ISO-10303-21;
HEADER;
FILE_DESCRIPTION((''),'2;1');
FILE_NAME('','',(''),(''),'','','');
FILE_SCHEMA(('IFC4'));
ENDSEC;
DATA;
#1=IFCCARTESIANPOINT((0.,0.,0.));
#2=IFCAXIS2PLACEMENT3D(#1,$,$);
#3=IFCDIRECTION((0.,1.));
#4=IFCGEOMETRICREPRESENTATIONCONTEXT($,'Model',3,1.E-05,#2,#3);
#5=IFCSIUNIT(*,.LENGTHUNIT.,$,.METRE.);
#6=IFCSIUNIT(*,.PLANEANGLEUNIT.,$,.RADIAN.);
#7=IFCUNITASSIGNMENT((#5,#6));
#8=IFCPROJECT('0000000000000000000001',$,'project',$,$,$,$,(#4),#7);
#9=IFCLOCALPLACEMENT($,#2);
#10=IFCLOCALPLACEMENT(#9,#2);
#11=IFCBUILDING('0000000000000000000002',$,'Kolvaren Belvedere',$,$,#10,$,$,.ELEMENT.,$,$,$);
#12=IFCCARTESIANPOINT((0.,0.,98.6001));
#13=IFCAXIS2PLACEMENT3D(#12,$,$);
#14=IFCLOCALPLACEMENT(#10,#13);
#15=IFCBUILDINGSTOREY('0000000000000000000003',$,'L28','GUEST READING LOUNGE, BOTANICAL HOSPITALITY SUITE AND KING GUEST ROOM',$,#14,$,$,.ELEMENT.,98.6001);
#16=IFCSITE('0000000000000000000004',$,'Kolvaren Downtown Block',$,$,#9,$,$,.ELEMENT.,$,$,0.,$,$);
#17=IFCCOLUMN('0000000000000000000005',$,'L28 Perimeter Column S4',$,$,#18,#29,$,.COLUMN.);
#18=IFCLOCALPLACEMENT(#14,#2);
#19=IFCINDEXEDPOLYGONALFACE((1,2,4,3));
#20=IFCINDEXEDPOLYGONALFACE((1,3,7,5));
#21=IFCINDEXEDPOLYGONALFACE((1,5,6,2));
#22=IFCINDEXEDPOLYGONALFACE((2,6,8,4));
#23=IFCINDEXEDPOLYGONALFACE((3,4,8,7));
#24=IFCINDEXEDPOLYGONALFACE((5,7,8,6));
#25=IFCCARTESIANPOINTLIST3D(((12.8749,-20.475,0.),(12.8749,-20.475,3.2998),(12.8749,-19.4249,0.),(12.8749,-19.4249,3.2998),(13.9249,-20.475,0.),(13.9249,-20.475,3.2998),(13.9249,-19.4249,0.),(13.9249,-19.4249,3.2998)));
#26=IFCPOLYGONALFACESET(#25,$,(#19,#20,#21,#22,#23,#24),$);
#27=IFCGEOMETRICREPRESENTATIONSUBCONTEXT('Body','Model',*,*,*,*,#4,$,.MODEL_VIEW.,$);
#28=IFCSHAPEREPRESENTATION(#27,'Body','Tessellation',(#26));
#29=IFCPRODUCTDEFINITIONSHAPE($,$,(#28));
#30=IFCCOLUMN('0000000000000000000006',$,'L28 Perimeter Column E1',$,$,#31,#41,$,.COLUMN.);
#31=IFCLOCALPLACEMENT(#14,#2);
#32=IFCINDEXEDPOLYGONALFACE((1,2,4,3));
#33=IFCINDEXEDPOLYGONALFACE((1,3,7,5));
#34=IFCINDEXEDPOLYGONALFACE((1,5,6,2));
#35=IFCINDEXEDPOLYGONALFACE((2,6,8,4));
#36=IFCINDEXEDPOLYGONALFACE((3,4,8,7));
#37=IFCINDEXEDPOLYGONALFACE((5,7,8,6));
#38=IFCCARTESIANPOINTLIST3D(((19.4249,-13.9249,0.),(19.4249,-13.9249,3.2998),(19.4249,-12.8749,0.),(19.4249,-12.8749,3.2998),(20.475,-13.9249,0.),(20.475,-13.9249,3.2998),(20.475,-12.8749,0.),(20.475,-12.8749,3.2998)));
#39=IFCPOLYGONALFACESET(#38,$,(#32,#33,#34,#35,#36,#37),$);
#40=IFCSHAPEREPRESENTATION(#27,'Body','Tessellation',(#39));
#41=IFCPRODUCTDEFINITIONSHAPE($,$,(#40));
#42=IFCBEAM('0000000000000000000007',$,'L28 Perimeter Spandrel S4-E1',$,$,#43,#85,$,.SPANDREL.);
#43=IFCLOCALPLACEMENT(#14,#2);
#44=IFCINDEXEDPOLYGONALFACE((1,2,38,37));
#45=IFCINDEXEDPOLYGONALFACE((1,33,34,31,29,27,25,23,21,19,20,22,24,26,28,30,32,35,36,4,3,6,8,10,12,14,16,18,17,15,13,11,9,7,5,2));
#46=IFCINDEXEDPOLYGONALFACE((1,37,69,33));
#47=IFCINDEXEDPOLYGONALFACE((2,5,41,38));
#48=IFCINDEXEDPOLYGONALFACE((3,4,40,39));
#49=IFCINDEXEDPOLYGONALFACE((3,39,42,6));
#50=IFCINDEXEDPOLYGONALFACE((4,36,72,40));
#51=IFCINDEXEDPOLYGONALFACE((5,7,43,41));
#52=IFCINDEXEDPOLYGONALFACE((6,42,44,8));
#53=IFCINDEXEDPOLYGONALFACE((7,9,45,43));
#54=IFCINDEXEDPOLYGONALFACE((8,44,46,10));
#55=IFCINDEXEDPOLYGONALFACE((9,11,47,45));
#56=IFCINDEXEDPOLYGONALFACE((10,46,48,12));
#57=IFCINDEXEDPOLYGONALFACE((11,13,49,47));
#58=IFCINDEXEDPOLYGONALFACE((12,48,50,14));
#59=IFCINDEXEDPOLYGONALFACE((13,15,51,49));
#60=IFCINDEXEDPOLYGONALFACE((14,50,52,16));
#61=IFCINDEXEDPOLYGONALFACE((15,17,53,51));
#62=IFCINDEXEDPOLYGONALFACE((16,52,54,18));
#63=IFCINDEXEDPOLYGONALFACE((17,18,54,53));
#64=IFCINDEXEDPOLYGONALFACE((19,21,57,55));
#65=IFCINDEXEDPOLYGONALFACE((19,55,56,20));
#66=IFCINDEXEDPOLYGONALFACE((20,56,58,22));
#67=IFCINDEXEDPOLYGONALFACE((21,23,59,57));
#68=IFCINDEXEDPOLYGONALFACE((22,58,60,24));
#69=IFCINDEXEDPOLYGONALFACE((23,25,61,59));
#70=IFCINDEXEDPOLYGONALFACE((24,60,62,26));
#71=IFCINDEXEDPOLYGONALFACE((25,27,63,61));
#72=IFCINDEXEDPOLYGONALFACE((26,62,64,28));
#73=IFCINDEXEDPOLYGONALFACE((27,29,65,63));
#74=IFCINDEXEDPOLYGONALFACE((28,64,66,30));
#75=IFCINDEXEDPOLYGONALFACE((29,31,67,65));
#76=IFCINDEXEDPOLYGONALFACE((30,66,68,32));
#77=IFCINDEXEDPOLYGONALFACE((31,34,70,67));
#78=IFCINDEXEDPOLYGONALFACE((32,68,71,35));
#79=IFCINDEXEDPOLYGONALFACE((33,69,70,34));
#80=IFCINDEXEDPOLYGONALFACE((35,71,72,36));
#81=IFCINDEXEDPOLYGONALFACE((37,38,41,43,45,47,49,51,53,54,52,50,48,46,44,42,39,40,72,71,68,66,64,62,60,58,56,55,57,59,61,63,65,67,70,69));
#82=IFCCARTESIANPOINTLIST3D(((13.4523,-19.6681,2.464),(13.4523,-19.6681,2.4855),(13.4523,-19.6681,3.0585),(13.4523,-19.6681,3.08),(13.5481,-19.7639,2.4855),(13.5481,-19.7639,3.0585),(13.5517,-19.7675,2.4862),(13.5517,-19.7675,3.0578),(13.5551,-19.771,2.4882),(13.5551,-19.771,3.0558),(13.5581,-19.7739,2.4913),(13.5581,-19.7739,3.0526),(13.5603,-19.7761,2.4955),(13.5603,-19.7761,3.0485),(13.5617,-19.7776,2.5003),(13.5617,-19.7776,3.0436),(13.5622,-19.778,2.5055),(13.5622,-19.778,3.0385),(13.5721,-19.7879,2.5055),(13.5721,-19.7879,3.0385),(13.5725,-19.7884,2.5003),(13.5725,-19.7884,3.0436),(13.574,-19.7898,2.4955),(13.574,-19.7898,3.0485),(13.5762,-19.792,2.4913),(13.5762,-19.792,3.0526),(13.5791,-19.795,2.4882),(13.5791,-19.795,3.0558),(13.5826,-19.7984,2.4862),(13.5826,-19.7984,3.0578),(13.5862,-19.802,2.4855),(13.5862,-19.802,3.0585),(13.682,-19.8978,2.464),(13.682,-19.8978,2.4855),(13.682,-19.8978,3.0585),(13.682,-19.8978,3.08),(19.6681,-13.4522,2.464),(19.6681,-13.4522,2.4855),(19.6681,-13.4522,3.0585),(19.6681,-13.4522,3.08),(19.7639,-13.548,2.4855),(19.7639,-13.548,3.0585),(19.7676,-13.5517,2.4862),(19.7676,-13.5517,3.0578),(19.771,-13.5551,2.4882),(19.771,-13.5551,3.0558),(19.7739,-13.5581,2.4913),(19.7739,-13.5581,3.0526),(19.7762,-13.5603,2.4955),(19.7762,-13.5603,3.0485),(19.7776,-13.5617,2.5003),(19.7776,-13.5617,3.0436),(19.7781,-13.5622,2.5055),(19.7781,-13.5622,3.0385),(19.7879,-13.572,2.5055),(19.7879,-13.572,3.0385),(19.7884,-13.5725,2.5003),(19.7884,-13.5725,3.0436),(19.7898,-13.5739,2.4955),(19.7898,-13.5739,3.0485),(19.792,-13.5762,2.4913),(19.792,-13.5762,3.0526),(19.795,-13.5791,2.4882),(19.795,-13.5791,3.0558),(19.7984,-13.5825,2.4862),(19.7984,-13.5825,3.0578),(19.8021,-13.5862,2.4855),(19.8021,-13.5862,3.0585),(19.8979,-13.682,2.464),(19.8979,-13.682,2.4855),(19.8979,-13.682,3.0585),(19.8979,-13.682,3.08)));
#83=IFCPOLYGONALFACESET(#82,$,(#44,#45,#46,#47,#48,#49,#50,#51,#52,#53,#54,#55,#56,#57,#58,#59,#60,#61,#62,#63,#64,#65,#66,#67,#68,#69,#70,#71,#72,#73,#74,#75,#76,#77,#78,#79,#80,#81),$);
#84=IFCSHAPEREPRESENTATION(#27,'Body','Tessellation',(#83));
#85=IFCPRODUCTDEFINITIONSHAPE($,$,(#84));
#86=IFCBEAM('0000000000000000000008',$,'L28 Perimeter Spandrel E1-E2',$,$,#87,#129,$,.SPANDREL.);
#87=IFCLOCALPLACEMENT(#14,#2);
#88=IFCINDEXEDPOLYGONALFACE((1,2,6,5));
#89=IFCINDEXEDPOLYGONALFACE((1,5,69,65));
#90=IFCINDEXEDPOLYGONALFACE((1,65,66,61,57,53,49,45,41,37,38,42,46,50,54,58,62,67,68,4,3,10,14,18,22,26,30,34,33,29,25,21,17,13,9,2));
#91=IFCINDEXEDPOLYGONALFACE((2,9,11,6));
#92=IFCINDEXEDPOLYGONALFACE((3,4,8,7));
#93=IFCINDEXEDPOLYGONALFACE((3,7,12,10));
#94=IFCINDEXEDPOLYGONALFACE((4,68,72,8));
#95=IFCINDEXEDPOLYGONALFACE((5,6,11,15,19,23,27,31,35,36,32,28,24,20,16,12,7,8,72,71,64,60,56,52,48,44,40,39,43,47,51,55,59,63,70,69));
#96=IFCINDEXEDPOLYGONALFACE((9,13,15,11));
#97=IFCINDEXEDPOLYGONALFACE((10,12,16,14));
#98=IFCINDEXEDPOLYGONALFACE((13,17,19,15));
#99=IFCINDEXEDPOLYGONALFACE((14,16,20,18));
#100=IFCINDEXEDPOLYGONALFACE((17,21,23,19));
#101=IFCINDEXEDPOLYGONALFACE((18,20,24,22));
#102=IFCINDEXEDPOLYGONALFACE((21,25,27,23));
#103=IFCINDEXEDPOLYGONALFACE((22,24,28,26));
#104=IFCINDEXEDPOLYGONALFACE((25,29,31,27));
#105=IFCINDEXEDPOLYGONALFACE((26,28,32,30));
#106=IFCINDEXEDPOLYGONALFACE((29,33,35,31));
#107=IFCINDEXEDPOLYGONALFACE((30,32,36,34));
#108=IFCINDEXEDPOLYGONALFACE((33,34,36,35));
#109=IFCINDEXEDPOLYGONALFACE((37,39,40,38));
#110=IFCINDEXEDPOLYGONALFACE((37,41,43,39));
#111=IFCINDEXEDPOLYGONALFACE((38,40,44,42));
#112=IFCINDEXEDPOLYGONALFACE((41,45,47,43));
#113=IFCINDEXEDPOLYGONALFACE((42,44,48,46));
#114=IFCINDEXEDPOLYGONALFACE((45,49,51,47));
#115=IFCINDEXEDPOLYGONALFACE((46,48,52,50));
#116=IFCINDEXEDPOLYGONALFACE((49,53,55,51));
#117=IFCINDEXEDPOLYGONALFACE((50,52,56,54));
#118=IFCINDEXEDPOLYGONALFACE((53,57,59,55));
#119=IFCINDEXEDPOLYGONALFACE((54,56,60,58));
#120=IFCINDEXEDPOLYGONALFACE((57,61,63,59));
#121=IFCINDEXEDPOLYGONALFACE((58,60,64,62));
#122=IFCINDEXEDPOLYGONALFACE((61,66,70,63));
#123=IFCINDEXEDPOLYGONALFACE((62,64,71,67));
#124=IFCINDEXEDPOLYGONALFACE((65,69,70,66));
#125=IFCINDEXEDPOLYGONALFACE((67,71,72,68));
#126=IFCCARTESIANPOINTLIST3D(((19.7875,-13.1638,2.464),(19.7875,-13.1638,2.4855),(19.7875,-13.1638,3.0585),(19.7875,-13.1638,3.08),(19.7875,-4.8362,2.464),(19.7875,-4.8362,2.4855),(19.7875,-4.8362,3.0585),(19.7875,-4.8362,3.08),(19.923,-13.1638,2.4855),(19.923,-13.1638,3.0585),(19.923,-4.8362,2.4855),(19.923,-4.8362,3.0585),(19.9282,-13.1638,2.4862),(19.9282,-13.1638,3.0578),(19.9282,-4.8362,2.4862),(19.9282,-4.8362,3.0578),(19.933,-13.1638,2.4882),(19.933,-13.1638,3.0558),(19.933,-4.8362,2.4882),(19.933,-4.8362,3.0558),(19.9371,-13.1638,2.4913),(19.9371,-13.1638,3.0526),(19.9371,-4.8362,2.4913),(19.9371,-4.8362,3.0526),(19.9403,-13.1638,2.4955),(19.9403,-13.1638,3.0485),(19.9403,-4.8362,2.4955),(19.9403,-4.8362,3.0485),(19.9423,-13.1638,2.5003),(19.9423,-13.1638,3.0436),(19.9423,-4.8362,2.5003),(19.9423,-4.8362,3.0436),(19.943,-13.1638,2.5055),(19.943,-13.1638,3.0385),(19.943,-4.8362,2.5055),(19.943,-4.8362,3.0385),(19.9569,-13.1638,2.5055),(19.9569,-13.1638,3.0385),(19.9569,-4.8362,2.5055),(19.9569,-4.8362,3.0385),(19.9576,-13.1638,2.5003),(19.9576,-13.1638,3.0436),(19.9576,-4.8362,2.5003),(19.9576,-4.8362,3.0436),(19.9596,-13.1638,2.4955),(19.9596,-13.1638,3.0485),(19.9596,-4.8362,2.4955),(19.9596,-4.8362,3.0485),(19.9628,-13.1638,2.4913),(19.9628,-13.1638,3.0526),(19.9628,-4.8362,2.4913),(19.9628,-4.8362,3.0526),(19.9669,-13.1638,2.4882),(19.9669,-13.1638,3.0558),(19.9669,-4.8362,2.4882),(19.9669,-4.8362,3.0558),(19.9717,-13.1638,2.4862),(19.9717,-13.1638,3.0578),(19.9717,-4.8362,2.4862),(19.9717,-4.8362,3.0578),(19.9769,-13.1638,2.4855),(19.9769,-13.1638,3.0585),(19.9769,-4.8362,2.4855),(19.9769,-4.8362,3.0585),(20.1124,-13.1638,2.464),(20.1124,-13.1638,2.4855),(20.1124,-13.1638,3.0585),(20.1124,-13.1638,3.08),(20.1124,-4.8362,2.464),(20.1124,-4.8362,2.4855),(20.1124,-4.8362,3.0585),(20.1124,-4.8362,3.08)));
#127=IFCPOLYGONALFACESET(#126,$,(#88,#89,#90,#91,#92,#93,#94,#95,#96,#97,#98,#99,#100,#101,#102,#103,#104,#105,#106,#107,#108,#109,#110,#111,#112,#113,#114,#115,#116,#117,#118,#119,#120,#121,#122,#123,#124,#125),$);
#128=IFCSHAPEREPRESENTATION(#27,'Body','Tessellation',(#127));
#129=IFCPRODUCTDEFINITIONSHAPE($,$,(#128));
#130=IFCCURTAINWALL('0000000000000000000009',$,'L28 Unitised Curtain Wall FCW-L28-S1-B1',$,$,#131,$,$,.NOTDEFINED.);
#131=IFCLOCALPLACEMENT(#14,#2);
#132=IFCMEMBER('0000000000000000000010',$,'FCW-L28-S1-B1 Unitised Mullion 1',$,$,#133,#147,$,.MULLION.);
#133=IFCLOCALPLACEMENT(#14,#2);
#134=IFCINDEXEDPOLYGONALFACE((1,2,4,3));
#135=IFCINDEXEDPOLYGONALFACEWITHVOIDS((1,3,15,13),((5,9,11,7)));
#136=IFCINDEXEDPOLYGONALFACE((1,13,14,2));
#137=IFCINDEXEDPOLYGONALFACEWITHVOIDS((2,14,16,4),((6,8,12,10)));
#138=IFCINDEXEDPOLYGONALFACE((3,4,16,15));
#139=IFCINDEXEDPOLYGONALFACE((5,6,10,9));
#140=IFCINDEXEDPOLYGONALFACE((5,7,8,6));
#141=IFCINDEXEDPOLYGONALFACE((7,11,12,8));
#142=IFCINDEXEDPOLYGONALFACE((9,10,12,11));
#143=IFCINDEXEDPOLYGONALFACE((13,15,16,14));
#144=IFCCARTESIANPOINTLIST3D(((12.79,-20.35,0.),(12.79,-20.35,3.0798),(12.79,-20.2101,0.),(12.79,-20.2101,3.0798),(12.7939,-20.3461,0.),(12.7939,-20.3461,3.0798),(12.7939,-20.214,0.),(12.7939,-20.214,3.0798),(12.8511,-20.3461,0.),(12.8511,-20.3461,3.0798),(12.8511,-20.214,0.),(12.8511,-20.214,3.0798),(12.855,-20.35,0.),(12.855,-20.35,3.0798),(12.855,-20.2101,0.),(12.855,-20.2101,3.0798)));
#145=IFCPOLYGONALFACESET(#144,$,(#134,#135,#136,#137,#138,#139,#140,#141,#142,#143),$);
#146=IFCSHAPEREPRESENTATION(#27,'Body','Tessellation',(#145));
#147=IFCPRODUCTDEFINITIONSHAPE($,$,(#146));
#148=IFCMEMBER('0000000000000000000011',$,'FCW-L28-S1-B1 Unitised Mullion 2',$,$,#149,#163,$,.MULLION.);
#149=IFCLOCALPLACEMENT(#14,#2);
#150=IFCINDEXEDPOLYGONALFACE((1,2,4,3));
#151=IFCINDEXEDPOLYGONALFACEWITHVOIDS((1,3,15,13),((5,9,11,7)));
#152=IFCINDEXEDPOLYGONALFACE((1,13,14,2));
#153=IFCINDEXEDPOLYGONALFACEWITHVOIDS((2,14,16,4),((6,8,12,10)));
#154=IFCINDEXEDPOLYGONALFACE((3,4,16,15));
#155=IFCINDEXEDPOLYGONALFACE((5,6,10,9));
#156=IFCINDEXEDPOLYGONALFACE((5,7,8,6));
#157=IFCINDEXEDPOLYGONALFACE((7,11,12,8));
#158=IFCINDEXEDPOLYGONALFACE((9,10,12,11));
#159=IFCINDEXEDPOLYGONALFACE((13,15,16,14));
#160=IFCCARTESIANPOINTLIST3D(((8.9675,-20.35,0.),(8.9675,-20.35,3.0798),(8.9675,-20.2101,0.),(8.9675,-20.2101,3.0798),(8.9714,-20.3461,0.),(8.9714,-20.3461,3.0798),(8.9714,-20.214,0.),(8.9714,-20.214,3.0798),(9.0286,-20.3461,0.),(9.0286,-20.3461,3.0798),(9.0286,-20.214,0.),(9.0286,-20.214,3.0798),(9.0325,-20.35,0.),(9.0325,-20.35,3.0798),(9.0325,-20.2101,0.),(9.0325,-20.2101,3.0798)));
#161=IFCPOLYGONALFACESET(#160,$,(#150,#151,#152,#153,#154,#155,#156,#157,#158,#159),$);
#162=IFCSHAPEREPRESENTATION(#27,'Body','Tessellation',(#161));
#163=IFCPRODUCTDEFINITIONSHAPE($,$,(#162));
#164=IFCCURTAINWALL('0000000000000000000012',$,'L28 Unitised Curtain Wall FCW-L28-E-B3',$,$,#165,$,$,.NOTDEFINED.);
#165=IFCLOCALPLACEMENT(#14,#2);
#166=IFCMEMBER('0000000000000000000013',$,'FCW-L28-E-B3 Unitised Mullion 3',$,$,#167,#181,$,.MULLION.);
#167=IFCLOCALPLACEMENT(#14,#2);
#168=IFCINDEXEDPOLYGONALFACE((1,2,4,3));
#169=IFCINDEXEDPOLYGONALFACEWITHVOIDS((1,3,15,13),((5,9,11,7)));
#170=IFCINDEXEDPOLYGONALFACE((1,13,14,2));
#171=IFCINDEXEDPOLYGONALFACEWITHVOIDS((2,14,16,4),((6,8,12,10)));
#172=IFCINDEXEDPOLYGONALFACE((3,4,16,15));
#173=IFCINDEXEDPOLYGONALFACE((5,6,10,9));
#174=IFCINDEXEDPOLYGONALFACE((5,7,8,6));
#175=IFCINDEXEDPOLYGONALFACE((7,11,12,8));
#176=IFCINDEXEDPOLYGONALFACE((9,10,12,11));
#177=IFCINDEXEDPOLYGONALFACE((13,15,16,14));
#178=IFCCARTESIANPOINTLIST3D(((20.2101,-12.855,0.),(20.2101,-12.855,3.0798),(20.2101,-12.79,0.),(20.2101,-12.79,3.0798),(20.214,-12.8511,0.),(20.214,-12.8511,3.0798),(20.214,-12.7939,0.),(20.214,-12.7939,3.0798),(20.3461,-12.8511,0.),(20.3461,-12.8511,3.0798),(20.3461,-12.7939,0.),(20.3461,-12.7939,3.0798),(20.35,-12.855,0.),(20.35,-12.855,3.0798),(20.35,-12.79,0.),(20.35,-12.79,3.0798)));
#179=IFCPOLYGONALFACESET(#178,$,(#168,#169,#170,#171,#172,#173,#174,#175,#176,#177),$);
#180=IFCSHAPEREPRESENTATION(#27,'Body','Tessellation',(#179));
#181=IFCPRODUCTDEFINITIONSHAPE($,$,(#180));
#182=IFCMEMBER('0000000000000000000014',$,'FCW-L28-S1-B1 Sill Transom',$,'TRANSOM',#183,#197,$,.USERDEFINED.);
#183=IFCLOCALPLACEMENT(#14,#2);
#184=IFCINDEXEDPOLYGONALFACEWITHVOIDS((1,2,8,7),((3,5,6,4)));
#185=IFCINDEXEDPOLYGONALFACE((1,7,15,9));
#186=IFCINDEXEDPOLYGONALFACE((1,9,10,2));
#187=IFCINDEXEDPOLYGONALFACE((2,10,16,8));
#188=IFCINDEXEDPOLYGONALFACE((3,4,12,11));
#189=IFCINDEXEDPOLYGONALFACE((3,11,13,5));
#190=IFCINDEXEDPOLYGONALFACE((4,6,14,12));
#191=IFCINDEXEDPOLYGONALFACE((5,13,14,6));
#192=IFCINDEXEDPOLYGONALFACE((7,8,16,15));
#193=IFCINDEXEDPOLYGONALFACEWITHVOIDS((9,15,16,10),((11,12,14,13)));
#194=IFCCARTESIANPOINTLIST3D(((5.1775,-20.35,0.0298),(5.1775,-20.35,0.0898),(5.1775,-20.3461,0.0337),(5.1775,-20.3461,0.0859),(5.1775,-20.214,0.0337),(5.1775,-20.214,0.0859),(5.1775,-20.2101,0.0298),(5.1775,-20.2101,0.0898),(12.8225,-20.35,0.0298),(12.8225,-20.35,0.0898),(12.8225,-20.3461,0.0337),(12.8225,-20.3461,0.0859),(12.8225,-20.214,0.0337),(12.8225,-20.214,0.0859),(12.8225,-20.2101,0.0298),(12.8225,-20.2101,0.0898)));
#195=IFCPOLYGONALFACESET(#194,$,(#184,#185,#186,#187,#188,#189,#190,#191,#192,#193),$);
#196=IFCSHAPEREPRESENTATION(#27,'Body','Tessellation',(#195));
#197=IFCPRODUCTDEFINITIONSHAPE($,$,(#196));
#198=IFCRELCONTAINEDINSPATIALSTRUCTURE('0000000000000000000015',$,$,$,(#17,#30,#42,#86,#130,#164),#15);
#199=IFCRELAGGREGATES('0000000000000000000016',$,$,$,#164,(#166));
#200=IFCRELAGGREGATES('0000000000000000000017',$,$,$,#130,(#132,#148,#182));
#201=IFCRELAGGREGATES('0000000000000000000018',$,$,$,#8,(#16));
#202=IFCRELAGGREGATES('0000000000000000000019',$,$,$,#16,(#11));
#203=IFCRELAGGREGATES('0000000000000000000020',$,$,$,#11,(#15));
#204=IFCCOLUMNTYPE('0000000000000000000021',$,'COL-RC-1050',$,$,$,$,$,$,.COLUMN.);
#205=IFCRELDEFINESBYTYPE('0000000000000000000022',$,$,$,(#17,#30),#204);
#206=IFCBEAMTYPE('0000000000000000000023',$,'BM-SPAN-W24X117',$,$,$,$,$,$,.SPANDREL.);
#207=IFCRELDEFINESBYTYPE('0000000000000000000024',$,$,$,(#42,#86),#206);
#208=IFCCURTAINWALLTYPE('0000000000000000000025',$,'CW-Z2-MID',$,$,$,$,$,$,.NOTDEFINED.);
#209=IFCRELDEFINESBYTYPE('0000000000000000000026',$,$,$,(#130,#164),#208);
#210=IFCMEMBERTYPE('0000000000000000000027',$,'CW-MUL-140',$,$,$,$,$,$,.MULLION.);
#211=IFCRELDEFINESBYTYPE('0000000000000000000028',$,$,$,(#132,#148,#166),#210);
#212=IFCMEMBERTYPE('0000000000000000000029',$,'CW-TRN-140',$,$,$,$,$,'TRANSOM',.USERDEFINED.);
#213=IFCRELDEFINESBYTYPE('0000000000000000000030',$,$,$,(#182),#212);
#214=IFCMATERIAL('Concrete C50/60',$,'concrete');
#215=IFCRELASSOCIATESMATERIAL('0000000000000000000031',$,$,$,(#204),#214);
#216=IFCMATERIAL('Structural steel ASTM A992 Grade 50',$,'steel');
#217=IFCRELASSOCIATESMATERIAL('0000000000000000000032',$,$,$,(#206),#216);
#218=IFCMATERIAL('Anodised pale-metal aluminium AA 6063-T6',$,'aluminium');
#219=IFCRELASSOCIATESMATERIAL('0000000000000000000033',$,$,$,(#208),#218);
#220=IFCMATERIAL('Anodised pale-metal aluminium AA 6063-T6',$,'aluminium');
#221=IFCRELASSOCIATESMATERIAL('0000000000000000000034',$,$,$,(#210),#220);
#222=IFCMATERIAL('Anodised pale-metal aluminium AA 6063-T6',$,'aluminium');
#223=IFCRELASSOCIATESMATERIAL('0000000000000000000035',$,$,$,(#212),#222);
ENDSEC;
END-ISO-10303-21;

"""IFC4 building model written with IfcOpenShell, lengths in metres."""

from ifc_helpers import new_model, si_unit, direction, frame, origin, origin_2d, place, context, subcontext, project, spatial, rectangle, hollow_rectangle, i_section, extrude, material, material_profile, profile_set, type_object, element, aggregate, save


model = new_model("IFC4")

# Units and contexts
model_context = context("Model", 3, precision=1e-05, world=origin(), true_north=direction((0.0, 1.0)))
body_context = subcontext(model_context, "Body", "Model", "MODEL_VIEW")
ifc_project = project(units=[si_unit("LENGTHUNIT", "METRE"), si_unit("PLANEANGLEUNIT", "RADIAN")], contexts=[model_context])

# Site, building, storey
site_placement = place(None, origin())
site = spatial("IfcSite", under=ifc_project, at=site_placement, Name="Kolvaren Downtown Block", CompositionType="ELEMENT", RefElevation=0.0)
building_placement = place(site_placement, origin())
building = spatial("IfcBuilding", under=site, at=building_placement, Name="Kolvaren Belvedere", CompositionType="ELEMENT")
storey_placement = place(building_placement, frame((0.0, 0.0, 98.6001)))
storey = spatial("IfcBuildingStorey", under=building, at=storey_placement, Name="L28", Description="GUEST READING LOUNGE, BOTANICAL HOSPITALITY SUITE AND KING GUEST ROOM", CompositionType="ELEMENT", Elevation=98.6001)

# Columns
ifc_material_1 = material(Name="Concrete C50/60", Category="concrete")
ifc_material_profile_1 = material_profile(ifc_material_1, rectangle(XDim=1.05, YDim=1.05, at=origin_2d()), Name="RC 1050X1050")
ifc_profile_set_1 = profile_set([ifc_material_profile_1], Name="Concrete C50/60")
column_type = type_object("IfcColumnType", Name="COL-RC-1050", PredefinedType="COLUMN", material=ifc_profile_set_1)
for number, where, z_axis, x_axis, name in (
    (1, (13.3999, -19.95, 0.0), (0.0, 0.0, 1.0), (1.0, 0.0, 0.0), "L28 Perimeter Column S4"),
    (2, (19.95, -13.3999, 0.0), (0.0, 0.0, 1.0), (1.0, 0.0, 0.0), "L28 Perimeter Column E1"),
):
    element("IfcColumn", number, at=place(storey_placement, frame(where, z_axis=z_axis, x_axis=x_axis)), inside=storey, type_object=column_type, Name=name, PredefinedType="COLUMN", context=body_context, shape_type="SweptSolid", body=[
        extrude(rectangle(XDim=1.05, YDim=1.05, at=origin_2d()), origin(), (0.0, 0.0, 1.0), 3.2998),
    ])

# Beams
ifc_material_2 = material(Name="Structural steel ASTM A992 Grade 50", Category="steel")
ifc_material_profile_2 = material_profile(ifc_material_2, i_section(OverallWidth=0.325, OverallDepth=0.616, WebThickness=0.0139, FlangeThickness=0.0215, FilletRadius=0.02, at=origin_2d()), Name="W24X117")
ifc_profile_set_2 = profile_set([ifc_material_profile_2], Name="Structural steel ASTM A992 Grade 50")
beam_type = type_object("IfcBeamType", Name="BM-SPAN-W24X117", PredefinedType="SPANDREL", material=ifc_profile_set_2)
beam_1_placement = place(storey_placement, frame((13.5671, -19.783, 2.772), z_axis=(0.707107, 0.707107, 0.0), x_axis=(-0.707107, 0.707107, 0.0)))
element("IfcBeam", 3, at=beam_1_placement, inside=storey, type_object=beam_type, Name="L28 Perimeter Spandrel S4-E1", PredefinedType="SPANDREL", context=body_context, shape_type="SweptSolid", body=[
    extrude(i_section(OverallWidth=0.325, OverallDepth=0.616, WebThickness=0.0139, FlangeThickness=0.0215, FilletRadius=0.02, at=origin_2d()), origin(), (0.0, 0.0, 1.0), 8.7905),
])
beam_2_placement = place(storey_placement, frame((19.95, -13.1638, 2.772), z_axis=(0.0, 1.0, 0.0), x_axis=(-1.0, 0.0, 0.0)))
element("IfcBeam", 4, at=beam_2_placement, inside=storey, type_object=beam_type, Name="L28 Perimeter Spandrel E1-E2", PredefinedType="SPANDREL", context=body_context, shape_type="SweptSolid", body=[
    extrude(i_section(OverallWidth=0.325, OverallDepth=0.616, WebThickness=0.0139, FlangeThickness=0.0215, FilletRadius=0.02, at=origin_2d()), origin(), (0.0, 0.0, 1.0), 8.3276),
])

# Curtain wall, members
ifc_material_3 = material(Name="Anodised pale-metal aluminium AA 6063-T6", Category="aluminium")
curtain_wall_type = type_object("IfcCurtainWallType", Name="CW-Z2-MID", PredefinedType="NOTDEFINED", material=ifc_material_3)
curtain_wall_1_placement = place(storey_placement, origin())
curtain_wall_1 = element("IfcCurtainWall", 5, at=curtain_wall_1_placement, inside=storey, type_object=curtain_wall_type, Name="L28 Unitised Curtain Wall FCW-L28-S1-B1", PredefinedType="NOTDEFINED")
ifc_material_4 = material(Name="Anodised pale-metal aluminium AA 6063-T6", Category="aluminium")
ifc_material_profile_3 = material_profile(ifc_material_4, hollow_rectangle(XDim=0.0649, YDim=0.1399, WallThickness=0.0039, at=origin_2d()), Name="ALU-MUL-140X65")
ifc_profile_set_3 = profile_set([ifc_material_profile_3], Name="Anodised pale-metal aluminium AA 6063-T6")
member_type_1 = type_object("IfcMemberType", Name="CW-MUL-140", PredefinedType="MULLION", material=ifc_profile_set_3)
member_1_placement = place(storey_placement, frame((12.8225, -20.28, 0.0), z_axis=(0.0, 0.0, 1.0), x_axis=(1.0, 0.0, 0.0)))
member_1 = element("IfcMember", 6, at=member_1_placement, type_object=member_type_1, Name="FCW-L28-S1-B1 Unitised Mullion 1", PredefinedType="MULLION", context=body_context, shape_type="SweptSolid", body=[
    extrude(hollow_rectangle(XDim=0.0649, YDim=0.1399, WallThickness=0.0039, at=origin_2d()), origin(), (0.0, 0.0, 1.0), 3.0798),
])
member_2_placement = place(storey_placement, frame((9.0, -20.28, 0.0), z_axis=(0.0, 0.0, 1.0), x_axis=(1.0, 0.0, 0.0)))
member_2 = element("IfcMember", 7, at=member_2_placement, type_object=member_type_1, Name="FCW-L28-S1-B1 Unitised Mullion 2", PredefinedType="MULLION", context=body_context, shape_type="SweptSolid", body=[
    extrude(hollow_rectangle(XDim=0.0649, YDim=0.1399, WallThickness=0.0039, at=origin_2d()), origin(), (0.0, 0.0, 1.0), 3.0798),
])

# Curtain wall, member
curtain_wall_2_placement = place(storey_placement, origin())
curtain_wall_2 = element("IfcCurtainWall", 8, at=curtain_wall_2_placement, inside=storey, type_object=curtain_wall_type, Name="L28 Unitised Curtain Wall FCW-L28-E-B3", PredefinedType="NOTDEFINED")
member_3_placement = place(storey_placement, frame((20.28, -12.8225, 0.0), z_axis=(0.0, 0.0, 1.0), x_axis=(0.0, 1.0, 0.0)))
member_3 = element("IfcMember", 9, at=member_3_placement, type_object=member_type_1, Name="FCW-L28-E-B3 Unitised Mullion 3", PredefinedType="MULLION", context=body_context, shape_type="SweptSolid", body=[
    extrude(hollow_rectangle(XDim=0.0649, YDim=0.1399, WallThickness=0.0039, at=origin_2d()), origin(), (0.0, 0.0, 1.0), 3.0798),
])
aggregate(curtain_wall_2, [member_3])

# Member
ifc_material_5 = material(Name="Anodised pale-metal aluminium AA 6063-T6", Category="aluminium")
ifc_material_profile_4 = material_profile(ifc_material_5, hollow_rectangle(XDim=0.0601, YDim=0.1399, WallThickness=0.0039, at=origin_2d()), Name="ALU-TRN-140X60")
ifc_profile_set_4 = profile_set([ifc_material_profile_4], Name="Anodised pale-metal aluminium AA 6063-T6")
member_type_2 = type_object("IfcMemberType", Name="CW-TRN-140", ElementType="TRANSOM", PredefinedType="USERDEFINED", material=ifc_profile_set_4)
member_4_placement = place(storey_placement, frame((12.8225, -20.28, 0.0598), z_axis=(-1.0, 0.0, 0.0), x_axis=(0.0, 0.0, 1.0)))
member_4 = element("IfcMember", 10, at=member_4_placement, type_object=member_type_2, Name="FCW-L28-S1-B1 Sill Transom", ObjectType="TRANSOM", PredefinedType="USERDEFINED", context=body_context, shape_type="SweptSolid", body=[
    extrude(hollow_rectangle(XDim=0.0601, YDim=0.1399, WallThickness=0.0039, at=origin_2d()), origin(), (0.0, 0.0, 1.0), 7.645),
])

aggregate(curtain_wall_1, [member_1, member_2, member_4])

save(model, "model.ifc")
